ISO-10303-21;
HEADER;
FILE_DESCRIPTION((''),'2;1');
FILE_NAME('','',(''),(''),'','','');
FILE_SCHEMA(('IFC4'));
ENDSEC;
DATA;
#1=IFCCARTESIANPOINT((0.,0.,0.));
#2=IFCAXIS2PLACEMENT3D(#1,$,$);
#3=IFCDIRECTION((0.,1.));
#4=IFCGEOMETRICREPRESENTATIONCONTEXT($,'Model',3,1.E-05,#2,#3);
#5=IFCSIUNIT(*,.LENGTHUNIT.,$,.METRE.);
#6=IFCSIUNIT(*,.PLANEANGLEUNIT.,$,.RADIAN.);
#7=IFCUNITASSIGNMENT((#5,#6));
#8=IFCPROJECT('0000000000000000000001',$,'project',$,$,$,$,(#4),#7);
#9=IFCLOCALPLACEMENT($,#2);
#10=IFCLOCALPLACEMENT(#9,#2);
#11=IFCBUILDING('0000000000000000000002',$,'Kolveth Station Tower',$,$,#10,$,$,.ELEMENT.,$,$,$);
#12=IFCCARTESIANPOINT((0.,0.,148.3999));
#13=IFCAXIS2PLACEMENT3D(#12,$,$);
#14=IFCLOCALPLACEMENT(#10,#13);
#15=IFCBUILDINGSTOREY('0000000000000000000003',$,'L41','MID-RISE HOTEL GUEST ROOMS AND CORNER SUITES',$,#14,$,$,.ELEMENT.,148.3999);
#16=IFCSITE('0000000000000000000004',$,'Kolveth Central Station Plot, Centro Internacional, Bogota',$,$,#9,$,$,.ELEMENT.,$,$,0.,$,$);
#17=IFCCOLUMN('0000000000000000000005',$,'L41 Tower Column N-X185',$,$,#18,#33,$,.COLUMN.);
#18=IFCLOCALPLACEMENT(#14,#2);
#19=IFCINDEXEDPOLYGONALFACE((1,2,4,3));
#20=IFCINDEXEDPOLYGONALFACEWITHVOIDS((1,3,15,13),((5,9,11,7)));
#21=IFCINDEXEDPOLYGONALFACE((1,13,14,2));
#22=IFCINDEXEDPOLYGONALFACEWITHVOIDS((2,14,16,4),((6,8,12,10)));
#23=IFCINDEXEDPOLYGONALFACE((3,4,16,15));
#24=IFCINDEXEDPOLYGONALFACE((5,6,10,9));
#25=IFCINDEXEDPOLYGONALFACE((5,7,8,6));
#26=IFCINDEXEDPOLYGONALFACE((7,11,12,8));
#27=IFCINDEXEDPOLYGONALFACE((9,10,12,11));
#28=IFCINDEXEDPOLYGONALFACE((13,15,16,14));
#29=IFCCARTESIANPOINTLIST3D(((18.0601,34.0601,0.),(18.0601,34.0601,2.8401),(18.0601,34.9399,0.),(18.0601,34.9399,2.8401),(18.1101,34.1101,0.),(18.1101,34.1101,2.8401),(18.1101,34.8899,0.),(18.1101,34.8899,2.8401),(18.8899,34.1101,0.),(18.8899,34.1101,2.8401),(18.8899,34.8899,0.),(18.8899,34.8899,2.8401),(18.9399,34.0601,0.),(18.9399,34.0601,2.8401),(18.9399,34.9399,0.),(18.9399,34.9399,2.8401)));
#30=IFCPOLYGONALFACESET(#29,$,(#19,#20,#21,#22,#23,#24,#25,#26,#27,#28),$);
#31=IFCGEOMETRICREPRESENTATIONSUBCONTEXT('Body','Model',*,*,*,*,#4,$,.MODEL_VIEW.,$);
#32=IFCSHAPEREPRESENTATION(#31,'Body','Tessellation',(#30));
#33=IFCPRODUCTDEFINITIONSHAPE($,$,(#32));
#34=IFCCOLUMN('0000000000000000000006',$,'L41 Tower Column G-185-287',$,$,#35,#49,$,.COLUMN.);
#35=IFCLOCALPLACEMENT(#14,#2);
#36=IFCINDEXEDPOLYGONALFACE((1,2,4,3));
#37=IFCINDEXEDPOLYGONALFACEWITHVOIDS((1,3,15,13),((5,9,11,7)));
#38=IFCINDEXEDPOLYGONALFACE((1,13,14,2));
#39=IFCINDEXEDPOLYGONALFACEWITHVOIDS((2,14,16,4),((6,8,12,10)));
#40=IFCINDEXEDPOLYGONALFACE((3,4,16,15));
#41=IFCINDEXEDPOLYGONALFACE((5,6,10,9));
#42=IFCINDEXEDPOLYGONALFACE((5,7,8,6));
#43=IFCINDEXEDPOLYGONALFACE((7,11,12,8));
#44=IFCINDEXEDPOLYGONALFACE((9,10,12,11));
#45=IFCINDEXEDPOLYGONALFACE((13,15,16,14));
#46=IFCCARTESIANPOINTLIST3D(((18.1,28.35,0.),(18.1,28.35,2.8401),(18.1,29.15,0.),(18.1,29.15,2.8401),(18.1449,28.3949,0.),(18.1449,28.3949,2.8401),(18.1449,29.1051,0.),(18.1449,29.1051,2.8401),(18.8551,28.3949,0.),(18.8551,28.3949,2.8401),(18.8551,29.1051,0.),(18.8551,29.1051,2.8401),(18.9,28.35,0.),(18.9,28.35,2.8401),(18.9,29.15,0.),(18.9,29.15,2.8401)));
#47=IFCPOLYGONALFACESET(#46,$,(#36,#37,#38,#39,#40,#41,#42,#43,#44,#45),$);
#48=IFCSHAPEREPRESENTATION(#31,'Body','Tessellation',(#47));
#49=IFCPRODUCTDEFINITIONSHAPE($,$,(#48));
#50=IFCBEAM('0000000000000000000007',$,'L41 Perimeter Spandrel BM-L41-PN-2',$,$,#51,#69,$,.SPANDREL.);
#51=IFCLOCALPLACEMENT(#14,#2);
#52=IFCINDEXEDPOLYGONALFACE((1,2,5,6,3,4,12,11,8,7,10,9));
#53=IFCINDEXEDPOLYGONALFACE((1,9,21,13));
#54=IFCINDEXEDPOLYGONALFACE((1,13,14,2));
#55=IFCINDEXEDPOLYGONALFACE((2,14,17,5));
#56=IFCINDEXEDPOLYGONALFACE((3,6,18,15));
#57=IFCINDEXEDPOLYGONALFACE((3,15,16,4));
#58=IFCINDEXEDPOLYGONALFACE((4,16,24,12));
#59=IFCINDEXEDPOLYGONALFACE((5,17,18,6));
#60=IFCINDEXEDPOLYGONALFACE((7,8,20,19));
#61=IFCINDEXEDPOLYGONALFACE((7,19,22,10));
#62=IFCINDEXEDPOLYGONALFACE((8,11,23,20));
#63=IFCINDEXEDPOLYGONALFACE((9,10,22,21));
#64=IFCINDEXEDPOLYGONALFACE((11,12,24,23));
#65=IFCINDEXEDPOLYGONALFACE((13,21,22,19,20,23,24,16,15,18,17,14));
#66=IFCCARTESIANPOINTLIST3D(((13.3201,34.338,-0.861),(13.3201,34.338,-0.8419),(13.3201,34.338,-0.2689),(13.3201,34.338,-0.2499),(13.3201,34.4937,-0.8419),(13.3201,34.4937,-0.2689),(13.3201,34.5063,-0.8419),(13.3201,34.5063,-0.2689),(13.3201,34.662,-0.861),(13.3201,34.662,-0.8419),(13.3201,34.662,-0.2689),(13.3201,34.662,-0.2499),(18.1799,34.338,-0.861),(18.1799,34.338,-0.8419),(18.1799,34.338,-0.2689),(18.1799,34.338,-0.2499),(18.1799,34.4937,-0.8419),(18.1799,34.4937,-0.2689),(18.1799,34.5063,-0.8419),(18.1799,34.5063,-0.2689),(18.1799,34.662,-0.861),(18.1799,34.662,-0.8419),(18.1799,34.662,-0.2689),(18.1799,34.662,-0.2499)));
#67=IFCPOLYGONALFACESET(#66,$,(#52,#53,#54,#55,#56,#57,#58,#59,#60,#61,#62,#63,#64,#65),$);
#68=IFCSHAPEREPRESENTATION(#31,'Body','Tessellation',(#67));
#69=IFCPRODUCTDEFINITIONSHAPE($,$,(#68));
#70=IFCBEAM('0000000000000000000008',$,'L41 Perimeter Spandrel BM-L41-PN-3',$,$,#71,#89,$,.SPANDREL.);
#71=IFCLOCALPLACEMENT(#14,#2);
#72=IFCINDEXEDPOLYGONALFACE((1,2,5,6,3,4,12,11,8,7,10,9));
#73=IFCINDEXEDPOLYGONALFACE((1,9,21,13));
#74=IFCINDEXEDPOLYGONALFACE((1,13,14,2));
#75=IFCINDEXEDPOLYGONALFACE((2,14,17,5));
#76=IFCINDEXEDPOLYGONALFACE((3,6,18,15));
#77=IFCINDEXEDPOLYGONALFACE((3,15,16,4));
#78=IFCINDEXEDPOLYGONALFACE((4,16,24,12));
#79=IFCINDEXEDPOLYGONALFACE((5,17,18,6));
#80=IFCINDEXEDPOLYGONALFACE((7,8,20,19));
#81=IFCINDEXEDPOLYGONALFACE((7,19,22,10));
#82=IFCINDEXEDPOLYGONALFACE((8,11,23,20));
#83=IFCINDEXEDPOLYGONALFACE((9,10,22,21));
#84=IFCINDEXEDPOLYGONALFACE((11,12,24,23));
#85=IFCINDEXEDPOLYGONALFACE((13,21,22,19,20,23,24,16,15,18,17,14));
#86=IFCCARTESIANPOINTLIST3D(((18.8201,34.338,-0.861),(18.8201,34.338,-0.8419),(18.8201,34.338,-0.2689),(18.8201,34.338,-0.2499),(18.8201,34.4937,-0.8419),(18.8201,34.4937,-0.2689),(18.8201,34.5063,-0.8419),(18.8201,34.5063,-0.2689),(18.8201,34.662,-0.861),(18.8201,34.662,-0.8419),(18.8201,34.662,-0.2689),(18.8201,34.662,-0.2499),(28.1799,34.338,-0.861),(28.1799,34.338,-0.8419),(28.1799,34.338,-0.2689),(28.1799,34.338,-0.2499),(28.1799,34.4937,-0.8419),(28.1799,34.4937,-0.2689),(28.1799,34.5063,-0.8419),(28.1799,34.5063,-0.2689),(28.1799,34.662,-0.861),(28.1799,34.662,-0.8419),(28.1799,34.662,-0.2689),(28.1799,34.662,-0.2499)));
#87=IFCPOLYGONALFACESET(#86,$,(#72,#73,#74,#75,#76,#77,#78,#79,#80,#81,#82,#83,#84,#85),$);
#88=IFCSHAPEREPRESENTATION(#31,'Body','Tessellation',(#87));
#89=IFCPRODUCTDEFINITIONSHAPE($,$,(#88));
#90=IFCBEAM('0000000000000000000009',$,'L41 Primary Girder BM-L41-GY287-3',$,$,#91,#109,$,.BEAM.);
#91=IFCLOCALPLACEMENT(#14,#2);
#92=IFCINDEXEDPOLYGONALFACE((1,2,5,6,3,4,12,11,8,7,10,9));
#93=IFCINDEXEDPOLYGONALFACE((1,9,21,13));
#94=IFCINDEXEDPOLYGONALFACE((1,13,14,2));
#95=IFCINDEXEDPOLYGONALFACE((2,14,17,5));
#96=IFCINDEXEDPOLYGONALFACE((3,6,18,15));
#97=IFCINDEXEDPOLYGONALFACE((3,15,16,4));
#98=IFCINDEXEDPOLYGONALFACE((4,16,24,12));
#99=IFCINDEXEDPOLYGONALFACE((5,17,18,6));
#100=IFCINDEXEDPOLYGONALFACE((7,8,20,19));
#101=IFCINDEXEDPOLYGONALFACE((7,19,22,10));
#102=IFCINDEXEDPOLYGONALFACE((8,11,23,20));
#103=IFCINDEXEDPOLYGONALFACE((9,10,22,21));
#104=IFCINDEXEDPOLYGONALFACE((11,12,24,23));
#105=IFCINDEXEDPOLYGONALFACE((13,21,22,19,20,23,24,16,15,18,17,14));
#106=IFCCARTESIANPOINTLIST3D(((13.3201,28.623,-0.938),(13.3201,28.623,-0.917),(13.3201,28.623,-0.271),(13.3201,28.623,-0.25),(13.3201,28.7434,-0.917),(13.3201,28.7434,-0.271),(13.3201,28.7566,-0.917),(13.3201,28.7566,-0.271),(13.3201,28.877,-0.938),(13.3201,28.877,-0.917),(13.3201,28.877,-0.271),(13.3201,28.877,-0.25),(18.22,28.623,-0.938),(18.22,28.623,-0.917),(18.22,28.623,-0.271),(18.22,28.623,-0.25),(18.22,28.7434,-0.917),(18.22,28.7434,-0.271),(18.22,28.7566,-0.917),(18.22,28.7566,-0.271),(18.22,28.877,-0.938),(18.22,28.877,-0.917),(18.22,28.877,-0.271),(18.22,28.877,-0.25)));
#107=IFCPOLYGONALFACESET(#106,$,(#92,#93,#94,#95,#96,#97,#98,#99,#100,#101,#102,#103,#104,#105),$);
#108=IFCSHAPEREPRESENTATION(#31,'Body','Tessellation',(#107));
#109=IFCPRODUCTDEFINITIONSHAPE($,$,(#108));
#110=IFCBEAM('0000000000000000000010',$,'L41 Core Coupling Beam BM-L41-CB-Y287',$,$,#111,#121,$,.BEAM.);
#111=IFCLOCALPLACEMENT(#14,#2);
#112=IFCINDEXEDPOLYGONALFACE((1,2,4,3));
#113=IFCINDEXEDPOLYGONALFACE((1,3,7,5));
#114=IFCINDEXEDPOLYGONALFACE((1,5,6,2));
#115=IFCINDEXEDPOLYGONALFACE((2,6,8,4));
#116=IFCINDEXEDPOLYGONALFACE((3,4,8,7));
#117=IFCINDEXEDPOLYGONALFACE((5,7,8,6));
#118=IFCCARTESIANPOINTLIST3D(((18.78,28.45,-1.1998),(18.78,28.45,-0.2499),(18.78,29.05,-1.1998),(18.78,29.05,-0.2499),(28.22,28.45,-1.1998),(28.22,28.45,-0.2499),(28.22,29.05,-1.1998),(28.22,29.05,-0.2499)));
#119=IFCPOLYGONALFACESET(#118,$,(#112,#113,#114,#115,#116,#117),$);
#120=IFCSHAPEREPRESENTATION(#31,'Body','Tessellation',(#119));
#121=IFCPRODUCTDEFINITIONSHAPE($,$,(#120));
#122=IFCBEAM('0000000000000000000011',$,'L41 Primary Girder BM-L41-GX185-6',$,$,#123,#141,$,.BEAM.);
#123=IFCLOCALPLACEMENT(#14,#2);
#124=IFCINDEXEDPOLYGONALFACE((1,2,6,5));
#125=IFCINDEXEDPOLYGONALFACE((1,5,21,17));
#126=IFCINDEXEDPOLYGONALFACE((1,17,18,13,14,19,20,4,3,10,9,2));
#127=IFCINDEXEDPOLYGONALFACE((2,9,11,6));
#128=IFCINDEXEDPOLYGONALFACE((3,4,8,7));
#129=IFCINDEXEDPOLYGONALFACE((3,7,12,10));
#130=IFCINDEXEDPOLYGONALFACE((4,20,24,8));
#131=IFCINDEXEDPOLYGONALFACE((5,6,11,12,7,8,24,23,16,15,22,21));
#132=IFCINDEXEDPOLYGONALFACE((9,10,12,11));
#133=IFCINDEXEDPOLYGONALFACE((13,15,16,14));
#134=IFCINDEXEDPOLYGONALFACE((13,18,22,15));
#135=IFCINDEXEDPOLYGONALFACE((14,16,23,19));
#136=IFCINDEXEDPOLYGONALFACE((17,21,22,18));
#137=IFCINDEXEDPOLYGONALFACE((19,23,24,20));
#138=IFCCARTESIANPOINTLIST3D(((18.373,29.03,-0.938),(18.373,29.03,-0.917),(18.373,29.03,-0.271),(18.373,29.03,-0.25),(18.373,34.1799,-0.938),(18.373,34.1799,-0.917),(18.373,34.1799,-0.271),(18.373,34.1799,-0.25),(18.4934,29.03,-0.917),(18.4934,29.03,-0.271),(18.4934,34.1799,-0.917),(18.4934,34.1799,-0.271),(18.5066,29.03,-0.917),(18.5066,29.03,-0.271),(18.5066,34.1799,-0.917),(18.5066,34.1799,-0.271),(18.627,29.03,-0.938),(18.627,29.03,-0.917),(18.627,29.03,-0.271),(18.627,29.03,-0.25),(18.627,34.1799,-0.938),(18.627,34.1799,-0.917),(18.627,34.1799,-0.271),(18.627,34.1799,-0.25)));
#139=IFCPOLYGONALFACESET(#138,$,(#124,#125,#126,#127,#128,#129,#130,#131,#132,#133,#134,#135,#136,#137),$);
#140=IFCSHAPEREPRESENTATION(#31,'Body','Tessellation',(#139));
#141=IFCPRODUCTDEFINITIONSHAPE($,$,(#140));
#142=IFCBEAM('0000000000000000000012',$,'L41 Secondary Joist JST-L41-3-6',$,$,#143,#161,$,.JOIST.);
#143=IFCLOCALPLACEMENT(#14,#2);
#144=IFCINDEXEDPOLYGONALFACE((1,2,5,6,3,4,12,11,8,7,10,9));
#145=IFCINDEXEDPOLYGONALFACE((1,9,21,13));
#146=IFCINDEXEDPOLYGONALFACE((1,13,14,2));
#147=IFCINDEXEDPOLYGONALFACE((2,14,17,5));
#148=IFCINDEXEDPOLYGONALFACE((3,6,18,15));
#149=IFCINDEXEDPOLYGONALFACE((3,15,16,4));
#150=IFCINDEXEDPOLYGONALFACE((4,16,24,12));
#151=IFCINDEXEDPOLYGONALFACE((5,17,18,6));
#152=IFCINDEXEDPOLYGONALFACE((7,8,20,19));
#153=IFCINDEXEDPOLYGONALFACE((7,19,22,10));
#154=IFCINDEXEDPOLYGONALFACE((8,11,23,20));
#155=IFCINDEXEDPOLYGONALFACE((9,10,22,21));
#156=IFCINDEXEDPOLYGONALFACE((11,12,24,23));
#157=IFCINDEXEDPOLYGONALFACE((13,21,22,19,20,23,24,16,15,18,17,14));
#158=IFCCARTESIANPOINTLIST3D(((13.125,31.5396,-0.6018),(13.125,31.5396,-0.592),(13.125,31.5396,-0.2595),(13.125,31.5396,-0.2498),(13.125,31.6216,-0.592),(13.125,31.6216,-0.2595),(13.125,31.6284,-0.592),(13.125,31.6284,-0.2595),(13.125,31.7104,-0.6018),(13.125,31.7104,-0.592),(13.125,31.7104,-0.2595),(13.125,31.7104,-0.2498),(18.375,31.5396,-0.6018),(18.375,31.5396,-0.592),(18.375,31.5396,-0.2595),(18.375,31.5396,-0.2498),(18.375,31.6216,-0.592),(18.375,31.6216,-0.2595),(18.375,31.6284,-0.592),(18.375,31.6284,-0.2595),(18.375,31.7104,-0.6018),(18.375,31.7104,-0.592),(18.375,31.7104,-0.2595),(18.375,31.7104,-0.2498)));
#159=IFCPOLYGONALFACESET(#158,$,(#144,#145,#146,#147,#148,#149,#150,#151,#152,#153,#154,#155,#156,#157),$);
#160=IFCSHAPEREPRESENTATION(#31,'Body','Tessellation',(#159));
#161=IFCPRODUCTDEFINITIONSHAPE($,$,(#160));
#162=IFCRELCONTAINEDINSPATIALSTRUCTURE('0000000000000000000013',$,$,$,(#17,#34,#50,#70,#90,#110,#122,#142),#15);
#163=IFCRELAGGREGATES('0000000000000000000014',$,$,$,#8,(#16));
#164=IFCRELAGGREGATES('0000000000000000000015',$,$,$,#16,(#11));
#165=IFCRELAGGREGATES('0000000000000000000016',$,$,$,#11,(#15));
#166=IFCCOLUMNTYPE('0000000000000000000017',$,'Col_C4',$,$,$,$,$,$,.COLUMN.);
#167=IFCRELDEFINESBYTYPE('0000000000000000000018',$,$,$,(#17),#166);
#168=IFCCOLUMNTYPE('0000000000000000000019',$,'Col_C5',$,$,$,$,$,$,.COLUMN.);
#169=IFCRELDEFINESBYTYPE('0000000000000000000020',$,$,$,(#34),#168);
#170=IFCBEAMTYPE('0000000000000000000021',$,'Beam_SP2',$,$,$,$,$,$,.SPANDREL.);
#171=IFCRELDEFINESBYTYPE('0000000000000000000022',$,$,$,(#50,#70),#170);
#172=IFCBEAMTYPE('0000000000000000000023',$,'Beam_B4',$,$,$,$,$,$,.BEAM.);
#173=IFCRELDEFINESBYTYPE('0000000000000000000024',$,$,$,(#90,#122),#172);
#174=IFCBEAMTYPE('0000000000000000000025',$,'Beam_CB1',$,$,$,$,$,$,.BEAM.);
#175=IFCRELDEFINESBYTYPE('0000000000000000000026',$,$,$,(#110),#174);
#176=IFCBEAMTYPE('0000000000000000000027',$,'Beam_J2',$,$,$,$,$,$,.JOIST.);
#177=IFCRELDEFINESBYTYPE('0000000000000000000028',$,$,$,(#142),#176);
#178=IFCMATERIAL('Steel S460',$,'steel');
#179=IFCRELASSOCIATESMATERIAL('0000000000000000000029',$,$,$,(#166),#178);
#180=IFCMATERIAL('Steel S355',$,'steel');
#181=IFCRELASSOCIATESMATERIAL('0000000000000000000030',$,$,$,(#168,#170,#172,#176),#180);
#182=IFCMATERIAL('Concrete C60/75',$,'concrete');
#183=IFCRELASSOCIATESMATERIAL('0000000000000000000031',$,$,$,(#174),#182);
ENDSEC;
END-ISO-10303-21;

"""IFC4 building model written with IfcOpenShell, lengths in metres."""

from ifc_helpers import new_model, si_unit, direction, frame, origin, origin_2d, place, context, subcontext, project, spatial, rectangle, hollow_rectangle, i_section, extrude, source, transform, mapped, material, material_profile, profile_set, type_object, element, save


model = new_model("IFC4")

# Units and contexts
model_context = context("Model", 3, precision=1e-05, world=origin(), true_north=direction((0.0, 1.0)))
body_context = subcontext(model_context, "Body", "Model", "MODEL_VIEW")
ifc_project = project(units=[si_unit("LENGTHUNIT", "METRE"), si_unit("PLANEANGLEUNIT", "RADIAN")], contexts=[model_context])

# Site, building, storey
site_placement = place(None, origin())
site = spatial("IfcSite", under=ifc_project, at=site_placement, Name="Kolveth Central Station Plot, Centro Internacional, Bogota", CompositionType="ELEMENT", RefElevation=0.0)
building_placement = place(site_placement, origin())
building = spatial("IfcBuilding", under=site, at=building_placement, Name="Kolveth Station Tower", CompositionType="ELEMENT")
storey_placement = place(building_placement, frame((0.0, 0.0, 148.3999)))
storey = spatial("IfcBuildingStorey", under=building, at=storey_placement, Name="L41", Description="MID-RISE HOTEL GUEST ROOMS AND CORNER SUITES", CompositionType="ELEMENT", Elevation=148.3999)

# Columns
ifc_material_1 = material(Name="Steel S460", Category="steel")
ifc_material_profile_1 = material_profile(ifc_material_1, hollow_rectangle(XDim=0.8799, YDim=0.8799, WallThickness=0.05, at=origin_2d()), Name="BOX880x880x50")
ifc_profile_set_1 = profile_set([ifc_material_profile_1], Name="Steel S460")
column_type_1 = type_object("IfcColumnType", Name="Col_C4", PredefinedType="COLUMN", material=ifc_profile_set_1)
shared_shape_1 = source(origin(), body_context, "Body", "SweptSolid", [
    extrude(hollow_rectangle(XDim=0.8799, YDim=0.8799, WallThickness=0.05, at=origin_2d()), origin(), (0.0, 0.0, 1.0), 2.8401),
])
column_1_placement = place(storey_placement, frame((18.5, 34.5, 0.0), z_axis=(0.0, 0.0, 1.0), x_axis=(1.0, 0.0, 0.0)))
element("IfcColumn", 1, at=column_1_placement, inside=storey, type_object=column_type_1, Name="L41 Tower Column N-X185", PredefinedType="COLUMN", context=body_context, shape_type="MappedRepresentation", body=[
    mapped(shared_shape_1, transform((0.0, 0.0, 0.0), x_axis=(1.0, 0.0, 0.0), y_axis=(0.0, 1.0, 0.0), z_axis=(0.0, 0.0, 1.0), scale=1.0)),
])
ifc_material_2 = material(Name="Steel S355", Category="steel")
ifc_material_profile_2 = material_profile(ifc_material_2, hollow_rectangle(XDim=0.8, YDim=0.8, WallThickness=0.0449, at=origin_2d()), Name="BOX800x800x45")
ifc_profile_set_2 = profile_set([ifc_material_profile_2], Name="Steel S355")
column_type_2 = type_object("IfcColumnType", Name="Col_C5", PredefinedType="COLUMN", material=ifc_profile_set_2)
shared_shape_2 = source(origin(), body_context, "Body", "SweptSolid", [
    extrude(hollow_rectangle(XDim=0.8, YDim=0.8, WallThickness=0.0449, at=origin_2d()), origin(), (0.0, 0.0, 1.0), 2.8401),
])
column_2_placement = place(storey_placement, frame((18.5, 28.75, 0.0), z_axis=(0.0, 0.0, 1.0), x_axis=(1.0, 0.0, 0.0)))
element("IfcColumn", 2, at=column_2_placement, inside=storey, type_object=column_type_2, Name="L41 Tower Column G-185-287", PredefinedType="COLUMN", context=body_context, shape_type="MappedRepresentation", body=[
    mapped(shared_shape_2, transform((0.0, 0.0, 0.0), x_axis=(1.0, 0.0, 0.0), y_axis=(0.0, 1.0, 0.0), z_axis=(0.0, 0.0, 1.0), scale=1.0)),
])

# Beams
ifc_material_profile_3 = material_profile(ifc_material_2, i_section(OverallWidth=0.324, OverallDepth=0.6111, WebThickness=0.0127, FlangeThickness=0.019, at=origin_2d()), Name="W610x155")
ifc_profile_set_3 = profile_set([ifc_material_profile_3], Name="Steel S355")
beam_type_1 = type_object("IfcBeamType", Name="Beam_SP2", PredefinedType="SPANDREL", material=ifc_profile_set_3)
shared_shape_3 = source(origin(), body_context, "Body", "SweptSolid", [
    extrude(i_section(OverallWidth=0.324, OverallDepth=0.6111, WebThickness=0.0127, FlangeThickness=0.019, at=origin_2d()), origin(), (0.0, 0.0, 1.0), 4.8599),
])
beam_1_placement = place(storey_placement, frame((13.3201, 34.5, -0.5554), z_axis=(1.0, 0.0, 0.0), x_axis=(0.0, 1.0, 0.0)))
element("IfcBeam", 3, at=beam_1_placement, inside=storey, type_object=beam_type_1, Name="L41 Perimeter Spandrel BM-L41-PN-2", PredefinedType="SPANDREL", context=body_context, shape_type="MappedRepresentation", body=[
    mapped(shared_shape_3, transform((0.0, 0.0, 0.0), x_axis=(1.0, 0.0, 0.0), y_axis=(0.0, 1.0, 0.0), z_axis=(0.0, 0.0, 1.0), scale=1.0)),
])
shared_shape_4 = source(origin(), body_context, "Body", "SweptSolid", [
    extrude(i_section(OverallWidth=0.324, OverallDepth=0.6111, WebThickness=0.0127, FlangeThickness=0.019, at=origin_2d()), origin(), (0.0, 0.0, 1.0), 9.3599),
])
beam_2_placement = place(storey_placement, frame((18.8201, 34.5, -0.5554), z_axis=(1.0, 0.0, 0.0), x_axis=(0.0, 1.0, 0.0)))
element("IfcBeam", 4, at=beam_2_placement, inside=storey, type_object=beam_type_1, Name="L41 Perimeter Spandrel BM-L41-PN-3", PredefinedType="SPANDREL", context=body_context, shape_type="MappedRepresentation", body=[
    mapped(shared_shape_4, transform((0.0, 0.0, 0.0), x_axis=(1.0, 0.0, 0.0), y_axis=(0.0, 1.0, 0.0), z_axis=(0.0, 0.0, 1.0), scale=1.0)),
])
ifc_material_profile_4 = material_profile(ifc_material_2, i_section(OverallWidth=0.2539, OverallDepth=0.688, WebThickness=0.0132, FlangeThickness=0.021, at=origin_2d()), Name="W690x152")
ifc_profile_set_4 = profile_set([ifc_material_profile_4], Name="Steel S355")
beam_type_2 = type_object("IfcBeamType", Name="Beam_B4", PredefinedType="BEAM", material=ifc_profile_set_4)
shared_shape_5 = source(origin(), body_context, "Body", "SweptSolid", [
    extrude(i_section(OverallWidth=0.2539, OverallDepth=0.688, WebThickness=0.0132, FlangeThickness=0.021, at=origin_2d()), origin(), (0.0, 0.0, 1.0), 4.8999),
])
beam_3_placement = place(storey_placement, frame((13.3201, 28.75, -0.594), z_axis=(1.0, 0.0, 0.0), x_axis=(0.0, 1.0, 0.0)))
element("IfcBeam", 5, at=beam_3_placement, inside=storey, type_object=beam_type_2, Name="L41 Primary Girder BM-L41-GY287-3", PredefinedType="BEAM", context=body_context, shape_type="MappedRepresentation", body=[
    mapped(shared_shape_5, transform((0.0, 0.0, 0.0), x_axis=(1.0, 0.0, 0.0), y_axis=(0.0, 1.0, 0.0), z_axis=(0.0, 0.0, 1.0), scale=1.0)),
])
ifc_material_3 = material(Name="Concrete C60/75", Category="concrete")
ifc_material_profile_5 = material_profile(ifc_material_3, rectangle(XDim=0.6001, YDim=0.95, at=origin_2d()), Name="RC-600x950")
ifc_profile_set_5 = profile_set([ifc_material_profile_5], Name="Concrete C60/75")
beam_type_3 = type_object("IfcBeamType", Name="Beam_CB1", PredefinedType="BEAM", material=ifc_profile_set_5)
shared_shape_6 = source(origin(), body_context, "Body", "SweptSolid", [
    extrude(rectangle(XDim=0.6001, YDim=0.95, at=origin_2d()), origin(), (0.0, 0.0, 1.0), 9.4399),
])
beam_4_placement = place(storey_placement, frame((18.78, 28.75, -0.7249), z_axis=(1.0, 0.0, 0.0), x_axis=(0.0, 1.0, 0.0)))
element("IfcBeam", 6, at=beam_4_placement, inside=storey, type_object=beam_type_3, Name="L41 Core Coupling Beam BM-L41-CB-Y287", PredefinedType="BEAM", context=body_context, shape_type="MappedRepresentation", body=[
    mapped(shared_shape_6, transform((0.0, 0.0, 0.0), x_axis=(1.0, 0.0, 0.0), y_axis=(0.0, 1.0, 0.0), z_axis=(0.0, 0.0, 1.0), scale=1.0)),
])
shared_shape_7 = source(origin(), body_context, "Body", "SweptSolid", [
    extrude(i_section(OverallWidth=0.2539, OverallDepth=0.688, WebThickness=0.0132, FlangeThickness=0.021, at=origin_2d()), origin(), (0.0, 0.0, 1.0), 5.1499),
])
beam_5_placement = place(storey_placement, frame((18.5, 29.03, -0.594), z_axis=(0.0, 1.0, 0.0), x_axis=(-1.0, 0.0, 0.0)))
element("IfcBeam", 7, at=beam_5_placement, inside=storey, type_object=beam_type_2, Name="L41 Primary Girder BM-L41-GX185-6", PredefinedType="BEAM", context=body_context, shape_type="MappedRepresentation", body=[
    mapped(shared_shape_7, transform((0.0, 0.0, 0.0), x_axis=(1.0, 0.0, 0.0), y_axis=(0.0, 1.0, 0.0), z_axis=(0.0, 0.0, 1.0), scale=1.0)),
])
ifc_material_profile_6 = material_profile(ifc_material_2, i_section(OverallWidth=0.1709, OverallDepth=0.3521, WebThickness=0.0068, FlangeThickness=0.0098, at=origin_2d()), Name="W360x44")
ifc_profile_set_6 = profile_set([ifc_material_profile_6], Name="Steel S355")
beam_type_4 = type_object("IfcBeamType", Name="Beam_J2", PredefinedType="JOIST", material=ifc_profile_set_6)
shared_shape_8 = source(origin(), body_context, "Body", "SweptSolid", [
    extrude(i_section(OverallWidth=0.1709, OverallDepth=0.3521, WebThickness=0.0068, FlangeThickness=0.0098, at=origin_2d()), origin(), (0.0, 0.0, 1.0), 5.25),
])
beam_6_placement = place(storey_placement, frame((13.125, 31.625, -0.4258), z_axis=(1.0, 0.0, 0.0), x_axis=(0.0, 1.0, 0.0)))
element("IfcBeam", 8, at=beam_6_placement, inside=storey, type_object=beam_type_4, Name="L41 Secondary Joist JST-L41-3-6", PredefinedType="JOIST", context=body_context, shape_type="MappedRepresentation", body=[
    mapped(shared_shape_8, transform((0.0, 0.0, 0.0), x_axis=(1.0, 0.0, 0.0), y_axis=(0.0, 1.0, 0.0), z_axis=(0.0, 0.0, 1.0), scale=1.0)),
])

save(model, "model.ifc")
